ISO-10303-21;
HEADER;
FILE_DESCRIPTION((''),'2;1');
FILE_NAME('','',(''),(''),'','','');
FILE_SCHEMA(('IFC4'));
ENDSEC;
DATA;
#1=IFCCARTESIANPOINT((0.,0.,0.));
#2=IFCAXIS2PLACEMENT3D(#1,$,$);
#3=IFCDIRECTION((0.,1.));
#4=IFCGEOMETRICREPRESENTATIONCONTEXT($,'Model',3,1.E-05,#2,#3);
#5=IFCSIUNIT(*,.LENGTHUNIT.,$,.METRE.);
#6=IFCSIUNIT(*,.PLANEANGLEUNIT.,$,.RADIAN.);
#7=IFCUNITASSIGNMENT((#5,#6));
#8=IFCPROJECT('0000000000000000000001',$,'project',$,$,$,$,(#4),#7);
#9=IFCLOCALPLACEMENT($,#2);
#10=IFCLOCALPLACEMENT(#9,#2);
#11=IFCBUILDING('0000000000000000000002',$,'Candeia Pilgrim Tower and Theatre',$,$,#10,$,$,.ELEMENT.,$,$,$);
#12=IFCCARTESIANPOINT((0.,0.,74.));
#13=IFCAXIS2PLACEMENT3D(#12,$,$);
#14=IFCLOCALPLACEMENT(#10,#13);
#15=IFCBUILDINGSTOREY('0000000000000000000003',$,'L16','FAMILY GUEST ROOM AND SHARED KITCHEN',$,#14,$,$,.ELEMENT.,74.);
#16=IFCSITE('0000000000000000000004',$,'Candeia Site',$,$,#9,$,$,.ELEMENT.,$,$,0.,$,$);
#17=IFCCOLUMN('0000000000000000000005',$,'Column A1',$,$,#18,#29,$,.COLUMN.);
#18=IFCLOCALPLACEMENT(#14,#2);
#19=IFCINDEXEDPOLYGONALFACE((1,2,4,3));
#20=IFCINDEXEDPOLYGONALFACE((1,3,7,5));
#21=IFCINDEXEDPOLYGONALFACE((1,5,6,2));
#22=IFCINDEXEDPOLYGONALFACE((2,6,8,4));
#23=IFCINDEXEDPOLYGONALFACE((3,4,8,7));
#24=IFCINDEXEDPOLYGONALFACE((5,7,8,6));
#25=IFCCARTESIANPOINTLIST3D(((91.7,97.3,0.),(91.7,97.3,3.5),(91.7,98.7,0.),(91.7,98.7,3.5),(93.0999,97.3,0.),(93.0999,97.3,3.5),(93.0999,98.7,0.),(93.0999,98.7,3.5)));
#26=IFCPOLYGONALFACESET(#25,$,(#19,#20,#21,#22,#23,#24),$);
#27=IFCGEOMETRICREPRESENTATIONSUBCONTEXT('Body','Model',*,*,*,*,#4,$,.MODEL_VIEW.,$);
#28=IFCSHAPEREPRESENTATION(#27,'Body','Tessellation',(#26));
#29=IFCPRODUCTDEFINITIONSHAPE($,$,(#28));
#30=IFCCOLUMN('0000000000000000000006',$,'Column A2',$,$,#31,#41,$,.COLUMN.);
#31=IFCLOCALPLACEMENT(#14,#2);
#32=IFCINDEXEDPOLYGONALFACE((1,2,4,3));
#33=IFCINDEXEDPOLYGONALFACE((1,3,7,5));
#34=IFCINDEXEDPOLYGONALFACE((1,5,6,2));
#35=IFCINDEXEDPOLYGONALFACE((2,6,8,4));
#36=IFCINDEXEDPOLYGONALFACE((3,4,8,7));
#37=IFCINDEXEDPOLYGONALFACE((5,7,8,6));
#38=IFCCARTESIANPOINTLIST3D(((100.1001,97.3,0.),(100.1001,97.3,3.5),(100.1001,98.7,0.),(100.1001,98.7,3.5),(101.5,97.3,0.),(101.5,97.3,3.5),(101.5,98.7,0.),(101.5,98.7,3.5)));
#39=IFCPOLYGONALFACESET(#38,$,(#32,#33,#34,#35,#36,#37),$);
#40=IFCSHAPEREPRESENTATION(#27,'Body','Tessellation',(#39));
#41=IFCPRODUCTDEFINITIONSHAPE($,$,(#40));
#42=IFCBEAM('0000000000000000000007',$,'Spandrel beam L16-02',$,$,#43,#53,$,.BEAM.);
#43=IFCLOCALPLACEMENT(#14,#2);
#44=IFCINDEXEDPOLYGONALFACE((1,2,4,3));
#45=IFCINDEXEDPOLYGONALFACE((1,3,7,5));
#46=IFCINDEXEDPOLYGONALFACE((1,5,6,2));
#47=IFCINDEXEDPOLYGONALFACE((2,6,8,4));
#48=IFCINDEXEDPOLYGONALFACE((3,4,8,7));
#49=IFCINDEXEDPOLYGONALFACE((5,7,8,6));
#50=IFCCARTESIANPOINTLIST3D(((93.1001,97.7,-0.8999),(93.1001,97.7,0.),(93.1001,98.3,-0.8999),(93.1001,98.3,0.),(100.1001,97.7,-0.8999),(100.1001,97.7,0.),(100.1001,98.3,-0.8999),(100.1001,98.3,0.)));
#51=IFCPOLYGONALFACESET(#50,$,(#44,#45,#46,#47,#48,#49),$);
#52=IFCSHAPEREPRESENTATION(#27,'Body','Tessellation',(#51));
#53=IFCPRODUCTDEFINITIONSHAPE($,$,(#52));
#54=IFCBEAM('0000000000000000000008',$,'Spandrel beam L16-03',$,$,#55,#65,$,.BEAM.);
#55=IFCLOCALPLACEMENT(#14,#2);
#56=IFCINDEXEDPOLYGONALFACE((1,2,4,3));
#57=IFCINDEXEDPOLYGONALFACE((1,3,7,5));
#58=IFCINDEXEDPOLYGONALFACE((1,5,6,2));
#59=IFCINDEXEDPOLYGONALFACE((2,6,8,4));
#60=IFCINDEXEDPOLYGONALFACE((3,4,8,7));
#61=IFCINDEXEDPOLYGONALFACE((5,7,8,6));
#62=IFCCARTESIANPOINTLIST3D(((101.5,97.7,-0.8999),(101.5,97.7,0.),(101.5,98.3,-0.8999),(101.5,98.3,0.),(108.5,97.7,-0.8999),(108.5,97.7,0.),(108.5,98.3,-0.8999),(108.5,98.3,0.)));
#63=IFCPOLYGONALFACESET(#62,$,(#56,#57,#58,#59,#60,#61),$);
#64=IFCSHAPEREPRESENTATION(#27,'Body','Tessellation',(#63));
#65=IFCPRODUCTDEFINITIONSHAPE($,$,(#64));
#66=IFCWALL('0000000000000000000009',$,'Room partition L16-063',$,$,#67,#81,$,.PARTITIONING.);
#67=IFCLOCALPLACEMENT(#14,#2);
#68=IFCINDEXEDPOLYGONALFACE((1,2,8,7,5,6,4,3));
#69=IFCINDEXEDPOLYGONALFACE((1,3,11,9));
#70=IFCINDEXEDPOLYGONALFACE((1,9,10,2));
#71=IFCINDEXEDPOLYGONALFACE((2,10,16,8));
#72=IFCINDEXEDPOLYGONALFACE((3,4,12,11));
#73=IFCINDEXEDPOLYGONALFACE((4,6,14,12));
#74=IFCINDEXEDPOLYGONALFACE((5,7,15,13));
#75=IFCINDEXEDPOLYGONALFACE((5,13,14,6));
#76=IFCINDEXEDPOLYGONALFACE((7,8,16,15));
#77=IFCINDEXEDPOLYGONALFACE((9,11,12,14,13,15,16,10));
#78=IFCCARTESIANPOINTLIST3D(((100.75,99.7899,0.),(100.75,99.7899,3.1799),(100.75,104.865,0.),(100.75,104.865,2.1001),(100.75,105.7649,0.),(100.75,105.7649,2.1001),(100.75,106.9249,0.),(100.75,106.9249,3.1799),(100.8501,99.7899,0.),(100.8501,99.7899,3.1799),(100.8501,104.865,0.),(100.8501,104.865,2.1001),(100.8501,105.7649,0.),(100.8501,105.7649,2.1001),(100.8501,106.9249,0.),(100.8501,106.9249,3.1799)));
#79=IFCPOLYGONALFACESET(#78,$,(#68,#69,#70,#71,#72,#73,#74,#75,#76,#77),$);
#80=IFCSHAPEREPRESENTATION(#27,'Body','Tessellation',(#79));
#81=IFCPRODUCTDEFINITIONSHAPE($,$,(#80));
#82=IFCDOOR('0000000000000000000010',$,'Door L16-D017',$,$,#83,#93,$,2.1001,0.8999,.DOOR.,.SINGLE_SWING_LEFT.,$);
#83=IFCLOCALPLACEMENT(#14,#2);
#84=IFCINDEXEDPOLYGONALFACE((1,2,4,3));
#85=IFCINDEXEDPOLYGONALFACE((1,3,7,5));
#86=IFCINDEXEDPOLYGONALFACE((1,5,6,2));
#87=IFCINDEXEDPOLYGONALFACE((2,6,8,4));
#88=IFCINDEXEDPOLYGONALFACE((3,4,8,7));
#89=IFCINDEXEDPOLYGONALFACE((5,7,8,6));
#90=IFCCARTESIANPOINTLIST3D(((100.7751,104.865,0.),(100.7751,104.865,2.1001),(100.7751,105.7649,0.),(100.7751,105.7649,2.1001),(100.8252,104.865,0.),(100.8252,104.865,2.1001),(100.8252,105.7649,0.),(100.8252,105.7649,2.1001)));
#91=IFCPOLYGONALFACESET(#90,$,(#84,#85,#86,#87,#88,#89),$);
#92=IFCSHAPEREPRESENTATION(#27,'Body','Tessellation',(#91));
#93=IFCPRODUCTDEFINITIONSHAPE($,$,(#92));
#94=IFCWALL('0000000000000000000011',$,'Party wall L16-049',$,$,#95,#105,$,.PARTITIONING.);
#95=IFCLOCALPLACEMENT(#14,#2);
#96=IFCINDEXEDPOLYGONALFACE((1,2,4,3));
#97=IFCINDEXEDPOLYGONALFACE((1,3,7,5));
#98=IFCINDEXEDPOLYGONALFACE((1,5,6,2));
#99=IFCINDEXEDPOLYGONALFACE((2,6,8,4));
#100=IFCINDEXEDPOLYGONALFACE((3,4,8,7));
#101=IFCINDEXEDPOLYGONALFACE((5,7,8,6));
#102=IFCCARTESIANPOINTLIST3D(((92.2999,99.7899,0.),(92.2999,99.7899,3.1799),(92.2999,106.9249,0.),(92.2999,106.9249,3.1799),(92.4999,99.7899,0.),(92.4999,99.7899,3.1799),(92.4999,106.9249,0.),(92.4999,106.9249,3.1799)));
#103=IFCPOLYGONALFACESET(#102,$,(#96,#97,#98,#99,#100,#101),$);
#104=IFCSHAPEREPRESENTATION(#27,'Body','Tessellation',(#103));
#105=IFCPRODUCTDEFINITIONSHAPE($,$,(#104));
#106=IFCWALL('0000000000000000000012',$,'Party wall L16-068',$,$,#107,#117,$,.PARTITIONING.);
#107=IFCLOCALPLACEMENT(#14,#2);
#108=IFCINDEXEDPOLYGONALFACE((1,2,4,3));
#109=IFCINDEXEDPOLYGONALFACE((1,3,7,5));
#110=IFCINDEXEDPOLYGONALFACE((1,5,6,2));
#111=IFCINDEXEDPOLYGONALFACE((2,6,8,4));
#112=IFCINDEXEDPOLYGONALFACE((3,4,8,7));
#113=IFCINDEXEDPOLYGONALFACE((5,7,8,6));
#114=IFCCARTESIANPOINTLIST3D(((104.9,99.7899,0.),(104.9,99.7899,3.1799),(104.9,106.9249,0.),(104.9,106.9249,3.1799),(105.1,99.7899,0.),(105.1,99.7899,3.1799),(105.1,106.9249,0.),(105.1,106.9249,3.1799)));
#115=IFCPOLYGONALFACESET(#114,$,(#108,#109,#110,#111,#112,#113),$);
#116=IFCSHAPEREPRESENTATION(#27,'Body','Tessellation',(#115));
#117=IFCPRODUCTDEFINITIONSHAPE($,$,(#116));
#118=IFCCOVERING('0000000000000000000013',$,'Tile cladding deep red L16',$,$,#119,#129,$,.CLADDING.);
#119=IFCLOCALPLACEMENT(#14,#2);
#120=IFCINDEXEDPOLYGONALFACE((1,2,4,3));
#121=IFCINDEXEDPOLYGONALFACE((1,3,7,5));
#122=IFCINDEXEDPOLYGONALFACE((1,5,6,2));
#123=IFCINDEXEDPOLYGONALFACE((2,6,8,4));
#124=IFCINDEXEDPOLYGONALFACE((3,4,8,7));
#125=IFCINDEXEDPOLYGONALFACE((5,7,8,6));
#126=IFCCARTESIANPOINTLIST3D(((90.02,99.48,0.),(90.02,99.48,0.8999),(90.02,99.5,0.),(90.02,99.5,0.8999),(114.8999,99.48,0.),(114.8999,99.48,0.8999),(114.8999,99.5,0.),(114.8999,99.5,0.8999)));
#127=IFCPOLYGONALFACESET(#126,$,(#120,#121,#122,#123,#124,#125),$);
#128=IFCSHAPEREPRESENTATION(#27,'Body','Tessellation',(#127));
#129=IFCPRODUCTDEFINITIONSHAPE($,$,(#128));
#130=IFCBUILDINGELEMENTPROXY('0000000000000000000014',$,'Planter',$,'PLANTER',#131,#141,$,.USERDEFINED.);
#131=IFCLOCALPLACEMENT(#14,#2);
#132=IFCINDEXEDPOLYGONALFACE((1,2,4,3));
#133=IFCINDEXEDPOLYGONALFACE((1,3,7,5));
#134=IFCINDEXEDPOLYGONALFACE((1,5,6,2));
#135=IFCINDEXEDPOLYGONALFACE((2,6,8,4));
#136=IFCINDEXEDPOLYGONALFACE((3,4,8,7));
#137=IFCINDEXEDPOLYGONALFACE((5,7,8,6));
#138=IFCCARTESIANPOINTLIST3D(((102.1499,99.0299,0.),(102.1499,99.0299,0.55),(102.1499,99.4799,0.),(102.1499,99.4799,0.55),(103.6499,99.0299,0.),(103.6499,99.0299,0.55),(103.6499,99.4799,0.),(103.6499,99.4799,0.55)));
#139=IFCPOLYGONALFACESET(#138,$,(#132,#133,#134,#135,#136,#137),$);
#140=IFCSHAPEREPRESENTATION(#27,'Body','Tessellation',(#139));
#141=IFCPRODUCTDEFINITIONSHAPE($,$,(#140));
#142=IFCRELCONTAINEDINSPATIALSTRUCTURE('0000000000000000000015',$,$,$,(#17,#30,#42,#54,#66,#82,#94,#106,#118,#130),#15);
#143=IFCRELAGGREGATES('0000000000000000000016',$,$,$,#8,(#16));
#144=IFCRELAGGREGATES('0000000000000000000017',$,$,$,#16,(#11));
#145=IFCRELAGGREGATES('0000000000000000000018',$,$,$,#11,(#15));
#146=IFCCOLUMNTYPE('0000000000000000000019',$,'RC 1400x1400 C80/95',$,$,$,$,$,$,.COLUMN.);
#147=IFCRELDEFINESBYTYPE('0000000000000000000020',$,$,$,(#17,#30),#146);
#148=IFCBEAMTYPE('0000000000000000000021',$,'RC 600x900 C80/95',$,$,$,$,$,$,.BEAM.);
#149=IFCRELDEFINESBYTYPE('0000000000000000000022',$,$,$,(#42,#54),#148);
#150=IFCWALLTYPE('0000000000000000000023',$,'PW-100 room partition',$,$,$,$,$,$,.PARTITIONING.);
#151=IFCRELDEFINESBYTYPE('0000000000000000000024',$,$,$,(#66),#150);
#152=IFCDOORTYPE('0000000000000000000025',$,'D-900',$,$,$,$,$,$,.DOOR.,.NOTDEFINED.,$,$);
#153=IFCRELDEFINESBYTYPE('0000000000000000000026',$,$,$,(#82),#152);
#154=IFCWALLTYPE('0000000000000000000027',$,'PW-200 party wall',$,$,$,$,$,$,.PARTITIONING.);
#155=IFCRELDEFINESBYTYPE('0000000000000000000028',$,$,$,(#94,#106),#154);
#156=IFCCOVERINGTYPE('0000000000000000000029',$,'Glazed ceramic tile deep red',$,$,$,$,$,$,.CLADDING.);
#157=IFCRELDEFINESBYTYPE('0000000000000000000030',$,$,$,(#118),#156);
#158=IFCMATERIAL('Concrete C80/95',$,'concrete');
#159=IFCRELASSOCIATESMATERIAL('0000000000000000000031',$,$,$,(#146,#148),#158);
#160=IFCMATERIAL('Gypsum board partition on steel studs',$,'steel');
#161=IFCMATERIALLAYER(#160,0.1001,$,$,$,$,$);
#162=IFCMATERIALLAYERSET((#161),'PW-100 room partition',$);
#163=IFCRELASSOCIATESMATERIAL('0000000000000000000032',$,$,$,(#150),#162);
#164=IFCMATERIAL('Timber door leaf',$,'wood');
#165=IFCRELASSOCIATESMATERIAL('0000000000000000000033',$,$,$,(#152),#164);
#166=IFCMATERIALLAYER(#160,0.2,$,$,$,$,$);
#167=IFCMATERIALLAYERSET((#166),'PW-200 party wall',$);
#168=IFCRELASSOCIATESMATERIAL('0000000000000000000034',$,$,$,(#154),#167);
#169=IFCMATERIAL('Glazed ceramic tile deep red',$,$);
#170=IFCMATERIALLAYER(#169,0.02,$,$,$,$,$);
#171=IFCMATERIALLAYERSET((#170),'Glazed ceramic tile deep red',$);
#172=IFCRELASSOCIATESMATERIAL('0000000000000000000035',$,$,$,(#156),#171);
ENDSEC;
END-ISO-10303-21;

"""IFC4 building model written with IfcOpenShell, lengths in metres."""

from ifc_helpers import new_model, si_unit, direction, frame, frame_2d, origin, origin_2d, place, context, subcontext, project, spatial, rectangle, extrude, material, layer, layer_set, material_profile, profile_set, type_object, element, fill, save


model = new_model("IFC4")

# Units and contexts
model_context = context("Model", 3, precision=1e-05, world=origin(), true_north=direction((0.0, 1.0)))
body_context = subcontext(model_context, "Body", "Model", "MODEL_VIEW")
ifc_project = project(units=[si_unit("LENGTHUNIT", "METRE"), si_unit("PLANEANGLEUNIT", "RADIAN")], contexts=[model_context])

# Site, building, storey
site_placement = place(None, origin())
site = spatial("IfcSite", under=ifc_project, at=site_placement, Name="Candeia Site", CompositionType="ELEMENT", RefElevation=0.0)
building_placement = place(site_placement, origin())
building = spatial("IfcBuilding", under=site, at=building_placement, Name="Candeia Pilgrim Tower and Theatre", CompositionType="ELEMENT")
storey_placement = place(building_placement, frame((0.0, 0.0, 74.0)))
storey = spatial("IfcBuildingStorey", under=building, at=storey_placement, Name="L16", Description="FAMILY GUEST ROOM AND SHARED KITCHEN", CompositionType="ELEMENT", Elevation=74.0)

# Columns
ifc_material_1 = material(Name="Concrete C80/95", Category="concrete")
ifc_material_profile_1 = material_profile(ifc_material_1, rectangle(XDim=1.3999, YDim=1.3999, at=origin_2d()))
ifc_profile_set_1 = profile_set([ifc_material_profile_1], Name="Concrete C80/95")
column_type = type_object("IfcColumnType", Name="RC 1400x1400 C80/95", PredefinedType="COLUMN", material=ifc_profile_set_1)
for number, where, z_axis, x_axis, name in (
    (1, (92.3999, 98.0, 0.0), (0.0, 0.0, 1.0), (1.0, 0.0, 0.0), "Column A1"),
    (2, (100.8, 98.0, 0.0), (0.0, 0.0, 1.0), (1.0, 0.0, 0.0), "Column A2"),
):
    element("IfcColumn", number, at=place(storey_placement, frame(where, z_axis=z_axis, x_axis=x_axis)), inside=storey, type_object=column_type, Name=name, PredefinedType="COLUMN", context=body_context, shape_type="SweptSolid", body=[
        extrude(rectangle(XDim=1.3999, YDim=1.3999, at=origin_2d()), origin(), (0.0, 0.0, 1.0), 3.5),
    ])

# Beams
ifc_material_profile_2 = material_profile(ifc_material_1, rectangle(XDim=0.6001, YDim=0.8999, at=origin_2d()))
ifc_profile_set_2 = profile_set([ifc_material_profile_2], Name="Concrete C80/95")
beam_type = type_object("IfcBeamType", Name="RC 600x900 C80/95", PredefinedType="BEAM", material=ifc_profile_set_2)
for number, where, z_axis, x_axis, name in (
    (3, (93.1001, 98.0, -0.45), (1.0, 0.0, 0.0), (0.0, 1.0, 0.0), "Spandrel beam L16-02"),
    (4, (101.5, 98.0, -0.45), (1.0, 0.0, 0.0), (0.0, 1.0, 0.0), "Spandrel beam L16-03"),
):
    element("IfcBeam", number, at=place(storey_placement, frame(where, z_axis=z_axis, x_axis=x_axis)), inside=storey, type_object=beam_type, Name=name, PredefinedType="BEAM", context=body_context, shape_type="SweptSolid", body=[
        extrude(rectangle(XDim=0.6001, YDim=0.8999, at=origin_2d()), origin(), (0.0, 0.0, 1.0), 7.0),
    ])

# Wall, opening, door
ifc_material_2 = material(Name="Gypsum board partition on steel studs", Category="steel")
ifc_layer_1 = layer(ifc_material_2, 0.1001)
ifc_layer_set_1 = layer_set([ifc_layer_1], Name="PW-100 room partition")
wall_type_1 = type_object("IfcWallType", Name="PW-100 room partition", PredefinedType="PARTITIONING", material=ifc_layer_set_1)
wall_placement = place(storey_placement, frame((100.8, 99.79, 0.0), z_axis=(0.0, 0.0, 1.0), x_axis=(0.0, 1.0, 0.0)))
wall = element("IfcWall", 5, at=wall_placement, inside=storey, type_object=wall_type_1, Name="Room partition L16-063", PredefinedType="PARTITIONING", context=body_context, shape_type="SweptSolid", body=[
    extrude(rectangle(XDim=7.135, YDim=0.1001, at=frame_2d((3.5674, 0.0))), origin(), (0.0, 0.0, 1.0), 3.1799),
])
opening_placement = place(wall_placement, frame((5.075, 0.0, 0.0)))
opening = element("IfcOpeningElement", 6, at=opening_placement, cuts=wall, PredefinedType="OPENING", context=body_context, shape_type="SweptSolid", body=[
    extrude(rectangle(XDim=0.8999, YDim=2.1001, at=frame_2d((0.45, 1.05))), frame((0.0, 0.0601, 0.0), z_axis=(0.0, -1.0, 0.0), x_axis=(1.0, 0.0, 0.0)), (0.0, 0.0, 1.0), 0.1201),
])
ifc_material_3 = material(Name="Timber door leaf", Category="wood")
door_type = type_object("IfcDoorType", Name="D-900", OperationType="NOTDEFINED", PredefinedType="DOOR", material=ifc_material_3)
door_placement = place(opening_placement, origin())
door = element("IfcDoor", 7, at=door_placement, inside=storey, type_object=door_type, Name="Door L16-D017", OperationType="SINGLE_SWING_LEFT", OverallHeight=2.1001, OverallWidth=0.8999, PredefinedType="DOOR", context=body_context, shape_type="SweptSolid", body=[
    extrude(rectangle(XDim=0.8999, YDim=2.1001, at=frame_2d((0.45, 1.05))), frame((0.0, 0.0249, 0.0), z_axis=(0.0, -1.0, 0.0), x_axis=(1.0, 0.0, 0.0)), (0.0, 0.0, 1.0), 0.05),
])
fill(opening, door)

# Walls
ifc_layer_2 = layer(ifc_material_2, 0.2)
ifc_layer_set_2 = layer_set([ifc_layer_2], Name="PW-200 party wall")
wall_type_2 = type_object("IfcWallType", Name="PW-200 party wall", PredefinedType="PARTITIONING", material=ifc_layer_set_2)
for number, where, z_axis, x_axis, name in (
    (8, (92.3999, 99.79, 0.0), (0.0, 0.0, 1.0), (0.0, 1.0, 0.0), "Party wall L16-049"),
    (9, (105.0, 99.79, 0.0), (0.0, 0.0, 1.0), (0.0, 1.0, 0.0), "Party wall L16-068"),
):
    element("IfcWall", number, at=place(storey_placement, frame(where, z_axis=z_axis, x_axis=x_axis)), inside=storey, type_object=wall_type_2, Name=name, PredefinedType="PARTITIONING", context=body_context, shape_type="SweptSolid", body=[
        extrude(rectangle(XDim=7.135, YDim=0.2, at=frame_2d((3.5674, 0.0))), origin(), (0.0, 0.0, 1.0), 3.1799),
    ])

# Covering
ifc_material_4 = material(Name="Glazed ceramic tile deep red")
ifc_layer_3 = layer(ifc_material_4, 0.02)
ifc_layer_set_3 = layer_set([ifc_layer_3], Name="Glazed ceramic tile deep red")
covering_type = type_object("IfcCoveringType", Name="Glazed ceramic tile deep red", PredefinedType="CLADDING", material=ifc_layer_set_3)
covering_placement = place(storey_placement, frame((102.46, 99.49, 0.0), z_axis=(0.0, 0.0, 1.0), x_axis=(1.0, 0.0, 0.0)))
element("IfcCovering", 10, at=covering_placement, inside=storey, type_object=covering_type, Name="Tile cladding deep red L16", PredefinedType="CLADDING", context=body_context, shape_type="SweptSolid", body=[
    extrude(rectangle(XDim=24.8799, YDim=0.02, at=origin_2d()), origin(), (0.0, 0.0, 1.0), 0.8999),
])

# Building element proxy
proxy_placement = place(storey_placement, frame((102.8999, 99.2549, 0.0), z_axis=(0.0, 0.0, 1.0), x_axis=(1.0, 0.0, 0.0)))
element("IfcBuildingElementProxy", 11, at=proxy_placement, inside=storey, Name="Planter", ObjectType="PLANTER", PredefinedType="USERDEFINED", context=body_context, shape_type="SweptSolid", body=[
    extrude(rectangle(XDim=1.5, YDim=0.45, at=origin_2d()), origin(), (0.0, 0.0, 1.0), 0.55),
])

save(model, "model.ifc")
